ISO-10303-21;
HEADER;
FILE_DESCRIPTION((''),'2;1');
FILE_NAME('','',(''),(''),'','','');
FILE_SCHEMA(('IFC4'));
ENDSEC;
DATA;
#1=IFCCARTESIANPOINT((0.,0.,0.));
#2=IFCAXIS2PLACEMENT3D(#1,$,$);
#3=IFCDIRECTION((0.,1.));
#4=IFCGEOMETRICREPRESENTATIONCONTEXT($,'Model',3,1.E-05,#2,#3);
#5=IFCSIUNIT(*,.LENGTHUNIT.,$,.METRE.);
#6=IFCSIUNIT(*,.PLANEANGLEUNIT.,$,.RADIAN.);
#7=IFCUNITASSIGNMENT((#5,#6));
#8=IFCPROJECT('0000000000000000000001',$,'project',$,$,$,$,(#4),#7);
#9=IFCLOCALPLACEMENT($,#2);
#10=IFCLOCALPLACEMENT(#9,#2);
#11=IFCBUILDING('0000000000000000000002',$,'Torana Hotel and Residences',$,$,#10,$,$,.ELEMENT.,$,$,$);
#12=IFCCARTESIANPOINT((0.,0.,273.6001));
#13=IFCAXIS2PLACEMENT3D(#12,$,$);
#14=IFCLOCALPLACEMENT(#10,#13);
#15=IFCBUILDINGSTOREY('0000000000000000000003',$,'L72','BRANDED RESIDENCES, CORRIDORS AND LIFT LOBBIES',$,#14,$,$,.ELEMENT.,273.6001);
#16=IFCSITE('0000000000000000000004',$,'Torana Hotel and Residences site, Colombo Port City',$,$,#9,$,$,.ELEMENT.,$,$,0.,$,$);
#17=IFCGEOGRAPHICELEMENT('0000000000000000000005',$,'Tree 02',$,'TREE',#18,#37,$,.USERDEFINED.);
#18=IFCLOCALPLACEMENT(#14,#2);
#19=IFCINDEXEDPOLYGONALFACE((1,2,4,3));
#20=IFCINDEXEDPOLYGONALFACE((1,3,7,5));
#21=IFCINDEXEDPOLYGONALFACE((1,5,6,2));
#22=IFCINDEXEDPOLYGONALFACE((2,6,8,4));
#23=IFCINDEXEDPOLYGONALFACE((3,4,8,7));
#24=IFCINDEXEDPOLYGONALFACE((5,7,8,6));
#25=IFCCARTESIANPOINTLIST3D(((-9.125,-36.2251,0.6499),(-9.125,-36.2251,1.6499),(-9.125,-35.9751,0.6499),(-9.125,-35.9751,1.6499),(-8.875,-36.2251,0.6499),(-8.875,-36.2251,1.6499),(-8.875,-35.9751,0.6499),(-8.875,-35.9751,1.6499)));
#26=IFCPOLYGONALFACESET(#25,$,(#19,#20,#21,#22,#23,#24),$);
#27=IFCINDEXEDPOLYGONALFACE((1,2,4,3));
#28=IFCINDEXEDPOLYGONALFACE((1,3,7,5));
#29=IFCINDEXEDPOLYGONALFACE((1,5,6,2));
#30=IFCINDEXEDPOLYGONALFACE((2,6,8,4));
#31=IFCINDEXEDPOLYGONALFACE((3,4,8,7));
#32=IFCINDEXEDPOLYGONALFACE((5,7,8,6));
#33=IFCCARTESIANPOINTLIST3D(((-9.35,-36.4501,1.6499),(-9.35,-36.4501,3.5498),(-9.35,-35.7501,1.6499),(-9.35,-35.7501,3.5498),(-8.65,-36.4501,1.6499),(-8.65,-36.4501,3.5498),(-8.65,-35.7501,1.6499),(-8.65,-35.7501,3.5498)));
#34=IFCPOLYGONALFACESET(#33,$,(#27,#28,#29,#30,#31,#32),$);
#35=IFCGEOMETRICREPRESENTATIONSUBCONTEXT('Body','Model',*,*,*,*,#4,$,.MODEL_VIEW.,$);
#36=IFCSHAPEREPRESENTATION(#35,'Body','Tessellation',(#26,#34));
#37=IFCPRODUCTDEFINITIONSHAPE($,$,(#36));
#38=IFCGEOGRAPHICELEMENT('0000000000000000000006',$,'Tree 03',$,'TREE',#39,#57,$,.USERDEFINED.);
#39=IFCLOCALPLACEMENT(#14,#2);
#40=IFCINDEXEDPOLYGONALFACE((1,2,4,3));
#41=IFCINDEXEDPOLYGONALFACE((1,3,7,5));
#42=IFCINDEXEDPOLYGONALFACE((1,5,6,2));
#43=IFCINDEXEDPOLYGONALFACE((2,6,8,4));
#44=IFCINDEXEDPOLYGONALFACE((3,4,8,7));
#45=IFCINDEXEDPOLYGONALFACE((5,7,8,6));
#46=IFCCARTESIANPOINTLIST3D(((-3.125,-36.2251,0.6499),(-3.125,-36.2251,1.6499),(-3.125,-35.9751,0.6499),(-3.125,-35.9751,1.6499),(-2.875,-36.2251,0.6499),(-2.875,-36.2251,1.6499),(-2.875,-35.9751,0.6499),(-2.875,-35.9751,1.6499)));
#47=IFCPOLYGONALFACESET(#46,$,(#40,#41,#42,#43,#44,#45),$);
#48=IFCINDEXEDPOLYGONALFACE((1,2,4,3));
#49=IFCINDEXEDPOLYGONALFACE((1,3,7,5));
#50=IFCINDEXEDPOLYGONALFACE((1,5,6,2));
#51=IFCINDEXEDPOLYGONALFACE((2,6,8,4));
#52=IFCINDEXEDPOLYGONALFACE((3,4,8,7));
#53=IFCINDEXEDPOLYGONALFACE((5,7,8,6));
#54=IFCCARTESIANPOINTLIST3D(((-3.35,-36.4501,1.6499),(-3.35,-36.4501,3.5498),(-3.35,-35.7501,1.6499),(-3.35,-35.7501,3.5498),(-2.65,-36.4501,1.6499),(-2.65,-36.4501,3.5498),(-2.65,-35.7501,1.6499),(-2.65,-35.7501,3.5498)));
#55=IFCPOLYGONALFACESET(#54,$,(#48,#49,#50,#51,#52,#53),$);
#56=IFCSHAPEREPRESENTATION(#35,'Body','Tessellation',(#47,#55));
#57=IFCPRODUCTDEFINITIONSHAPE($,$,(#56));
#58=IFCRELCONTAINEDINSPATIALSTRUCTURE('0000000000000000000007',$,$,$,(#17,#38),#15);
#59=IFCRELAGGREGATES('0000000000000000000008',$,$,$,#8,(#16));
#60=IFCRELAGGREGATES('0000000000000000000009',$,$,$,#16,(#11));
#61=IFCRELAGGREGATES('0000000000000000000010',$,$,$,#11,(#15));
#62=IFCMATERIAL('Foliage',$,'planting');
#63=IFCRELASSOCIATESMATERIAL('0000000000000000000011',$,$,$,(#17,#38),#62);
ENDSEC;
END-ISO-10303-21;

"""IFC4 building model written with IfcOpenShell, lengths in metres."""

from ifc_helpers import new_model, si_unit, direction, frame, origin, origin_2d, place, context, subcontext, project, spatial, rectangle, extrude, material, element, save


model = new_model("IFC4")

# Units and contexts
model_context = context("Model", 3, precision=1e-05, world=origin(), true_north=direction((0.0, 1.0)))
body_context = subcontext(model_context, "Body", "Model", "MODEL_VIEW")
ifc_project = project(units=[si_unit("LENGTHUNIT", "METRE"), si_unit("PLANEANGLEUNIT", "RADIAN")], contexts=[model_context])

# Site, building, storey
site_placement = place(None, origin())
site = spatial("IfcSite", under=ifc_project, at=site_placement, Name="Torana Hotel and Residences site, Colombo Port City", CompositionType="ELEMENT", RefElevation=0.0)
building_placement = place(site_placement, origin())
building = spatial("IfcBuilding", under=site, at=building_placement, Name="Torana Hotel and Residences", CompositionType="ELEMENT")
storey_placement = place(building_placement, frame((0.0, 0.0, 273.6001)))
storey = spatial("IfcBuildingStorey", under=building, at=storey_placement, Name="L72", Description="BRANDED RESIDENCES, CORRIDORS AND LIFT LOBBIES", CompositionType="ELEMENT", Elevation=273.6001)

# Geographic elements
ifc_material_1 = material(Name="Foliage", Category="planting")
for number, where, z_axis, x_axis, name in (
    (1, (-9.0, -36.1001, 0.6499), (0.0, 0.0, 1.0), (1.0, 0.0, 0.0), "Tree 02"),
    (2, (-3.0, -36.1001, 0.6499), (0.0, 0.0, 1.0), (1.0, 0.0, 0.0), "Tree 03"),
):
    element("IfcGeographicElement", number, at=place(storey_placement, frame(where, z_axis=z_axis, x_axis=x_axis)), inside=storey, material=ifc_material_1, Name=name, ObjectType="TREE", PredefinedType="USERDEFINED", context=body_context, shape_type="SweptSolid", body=[
        extrude(rectangle(XDim=0.25, YDim=0.25, at=origin_2d()), origin(), (0.0, 0.0, 1.0), 1.0),
        extrude(rectangle(XDim=0.7, YDim=0.7, at=origin_2d()), frame((0.0, 0.0, 1.0)), (0.0, 0.0, 1.0), 1.8999),
    ])

save(model, "model.ifc")
